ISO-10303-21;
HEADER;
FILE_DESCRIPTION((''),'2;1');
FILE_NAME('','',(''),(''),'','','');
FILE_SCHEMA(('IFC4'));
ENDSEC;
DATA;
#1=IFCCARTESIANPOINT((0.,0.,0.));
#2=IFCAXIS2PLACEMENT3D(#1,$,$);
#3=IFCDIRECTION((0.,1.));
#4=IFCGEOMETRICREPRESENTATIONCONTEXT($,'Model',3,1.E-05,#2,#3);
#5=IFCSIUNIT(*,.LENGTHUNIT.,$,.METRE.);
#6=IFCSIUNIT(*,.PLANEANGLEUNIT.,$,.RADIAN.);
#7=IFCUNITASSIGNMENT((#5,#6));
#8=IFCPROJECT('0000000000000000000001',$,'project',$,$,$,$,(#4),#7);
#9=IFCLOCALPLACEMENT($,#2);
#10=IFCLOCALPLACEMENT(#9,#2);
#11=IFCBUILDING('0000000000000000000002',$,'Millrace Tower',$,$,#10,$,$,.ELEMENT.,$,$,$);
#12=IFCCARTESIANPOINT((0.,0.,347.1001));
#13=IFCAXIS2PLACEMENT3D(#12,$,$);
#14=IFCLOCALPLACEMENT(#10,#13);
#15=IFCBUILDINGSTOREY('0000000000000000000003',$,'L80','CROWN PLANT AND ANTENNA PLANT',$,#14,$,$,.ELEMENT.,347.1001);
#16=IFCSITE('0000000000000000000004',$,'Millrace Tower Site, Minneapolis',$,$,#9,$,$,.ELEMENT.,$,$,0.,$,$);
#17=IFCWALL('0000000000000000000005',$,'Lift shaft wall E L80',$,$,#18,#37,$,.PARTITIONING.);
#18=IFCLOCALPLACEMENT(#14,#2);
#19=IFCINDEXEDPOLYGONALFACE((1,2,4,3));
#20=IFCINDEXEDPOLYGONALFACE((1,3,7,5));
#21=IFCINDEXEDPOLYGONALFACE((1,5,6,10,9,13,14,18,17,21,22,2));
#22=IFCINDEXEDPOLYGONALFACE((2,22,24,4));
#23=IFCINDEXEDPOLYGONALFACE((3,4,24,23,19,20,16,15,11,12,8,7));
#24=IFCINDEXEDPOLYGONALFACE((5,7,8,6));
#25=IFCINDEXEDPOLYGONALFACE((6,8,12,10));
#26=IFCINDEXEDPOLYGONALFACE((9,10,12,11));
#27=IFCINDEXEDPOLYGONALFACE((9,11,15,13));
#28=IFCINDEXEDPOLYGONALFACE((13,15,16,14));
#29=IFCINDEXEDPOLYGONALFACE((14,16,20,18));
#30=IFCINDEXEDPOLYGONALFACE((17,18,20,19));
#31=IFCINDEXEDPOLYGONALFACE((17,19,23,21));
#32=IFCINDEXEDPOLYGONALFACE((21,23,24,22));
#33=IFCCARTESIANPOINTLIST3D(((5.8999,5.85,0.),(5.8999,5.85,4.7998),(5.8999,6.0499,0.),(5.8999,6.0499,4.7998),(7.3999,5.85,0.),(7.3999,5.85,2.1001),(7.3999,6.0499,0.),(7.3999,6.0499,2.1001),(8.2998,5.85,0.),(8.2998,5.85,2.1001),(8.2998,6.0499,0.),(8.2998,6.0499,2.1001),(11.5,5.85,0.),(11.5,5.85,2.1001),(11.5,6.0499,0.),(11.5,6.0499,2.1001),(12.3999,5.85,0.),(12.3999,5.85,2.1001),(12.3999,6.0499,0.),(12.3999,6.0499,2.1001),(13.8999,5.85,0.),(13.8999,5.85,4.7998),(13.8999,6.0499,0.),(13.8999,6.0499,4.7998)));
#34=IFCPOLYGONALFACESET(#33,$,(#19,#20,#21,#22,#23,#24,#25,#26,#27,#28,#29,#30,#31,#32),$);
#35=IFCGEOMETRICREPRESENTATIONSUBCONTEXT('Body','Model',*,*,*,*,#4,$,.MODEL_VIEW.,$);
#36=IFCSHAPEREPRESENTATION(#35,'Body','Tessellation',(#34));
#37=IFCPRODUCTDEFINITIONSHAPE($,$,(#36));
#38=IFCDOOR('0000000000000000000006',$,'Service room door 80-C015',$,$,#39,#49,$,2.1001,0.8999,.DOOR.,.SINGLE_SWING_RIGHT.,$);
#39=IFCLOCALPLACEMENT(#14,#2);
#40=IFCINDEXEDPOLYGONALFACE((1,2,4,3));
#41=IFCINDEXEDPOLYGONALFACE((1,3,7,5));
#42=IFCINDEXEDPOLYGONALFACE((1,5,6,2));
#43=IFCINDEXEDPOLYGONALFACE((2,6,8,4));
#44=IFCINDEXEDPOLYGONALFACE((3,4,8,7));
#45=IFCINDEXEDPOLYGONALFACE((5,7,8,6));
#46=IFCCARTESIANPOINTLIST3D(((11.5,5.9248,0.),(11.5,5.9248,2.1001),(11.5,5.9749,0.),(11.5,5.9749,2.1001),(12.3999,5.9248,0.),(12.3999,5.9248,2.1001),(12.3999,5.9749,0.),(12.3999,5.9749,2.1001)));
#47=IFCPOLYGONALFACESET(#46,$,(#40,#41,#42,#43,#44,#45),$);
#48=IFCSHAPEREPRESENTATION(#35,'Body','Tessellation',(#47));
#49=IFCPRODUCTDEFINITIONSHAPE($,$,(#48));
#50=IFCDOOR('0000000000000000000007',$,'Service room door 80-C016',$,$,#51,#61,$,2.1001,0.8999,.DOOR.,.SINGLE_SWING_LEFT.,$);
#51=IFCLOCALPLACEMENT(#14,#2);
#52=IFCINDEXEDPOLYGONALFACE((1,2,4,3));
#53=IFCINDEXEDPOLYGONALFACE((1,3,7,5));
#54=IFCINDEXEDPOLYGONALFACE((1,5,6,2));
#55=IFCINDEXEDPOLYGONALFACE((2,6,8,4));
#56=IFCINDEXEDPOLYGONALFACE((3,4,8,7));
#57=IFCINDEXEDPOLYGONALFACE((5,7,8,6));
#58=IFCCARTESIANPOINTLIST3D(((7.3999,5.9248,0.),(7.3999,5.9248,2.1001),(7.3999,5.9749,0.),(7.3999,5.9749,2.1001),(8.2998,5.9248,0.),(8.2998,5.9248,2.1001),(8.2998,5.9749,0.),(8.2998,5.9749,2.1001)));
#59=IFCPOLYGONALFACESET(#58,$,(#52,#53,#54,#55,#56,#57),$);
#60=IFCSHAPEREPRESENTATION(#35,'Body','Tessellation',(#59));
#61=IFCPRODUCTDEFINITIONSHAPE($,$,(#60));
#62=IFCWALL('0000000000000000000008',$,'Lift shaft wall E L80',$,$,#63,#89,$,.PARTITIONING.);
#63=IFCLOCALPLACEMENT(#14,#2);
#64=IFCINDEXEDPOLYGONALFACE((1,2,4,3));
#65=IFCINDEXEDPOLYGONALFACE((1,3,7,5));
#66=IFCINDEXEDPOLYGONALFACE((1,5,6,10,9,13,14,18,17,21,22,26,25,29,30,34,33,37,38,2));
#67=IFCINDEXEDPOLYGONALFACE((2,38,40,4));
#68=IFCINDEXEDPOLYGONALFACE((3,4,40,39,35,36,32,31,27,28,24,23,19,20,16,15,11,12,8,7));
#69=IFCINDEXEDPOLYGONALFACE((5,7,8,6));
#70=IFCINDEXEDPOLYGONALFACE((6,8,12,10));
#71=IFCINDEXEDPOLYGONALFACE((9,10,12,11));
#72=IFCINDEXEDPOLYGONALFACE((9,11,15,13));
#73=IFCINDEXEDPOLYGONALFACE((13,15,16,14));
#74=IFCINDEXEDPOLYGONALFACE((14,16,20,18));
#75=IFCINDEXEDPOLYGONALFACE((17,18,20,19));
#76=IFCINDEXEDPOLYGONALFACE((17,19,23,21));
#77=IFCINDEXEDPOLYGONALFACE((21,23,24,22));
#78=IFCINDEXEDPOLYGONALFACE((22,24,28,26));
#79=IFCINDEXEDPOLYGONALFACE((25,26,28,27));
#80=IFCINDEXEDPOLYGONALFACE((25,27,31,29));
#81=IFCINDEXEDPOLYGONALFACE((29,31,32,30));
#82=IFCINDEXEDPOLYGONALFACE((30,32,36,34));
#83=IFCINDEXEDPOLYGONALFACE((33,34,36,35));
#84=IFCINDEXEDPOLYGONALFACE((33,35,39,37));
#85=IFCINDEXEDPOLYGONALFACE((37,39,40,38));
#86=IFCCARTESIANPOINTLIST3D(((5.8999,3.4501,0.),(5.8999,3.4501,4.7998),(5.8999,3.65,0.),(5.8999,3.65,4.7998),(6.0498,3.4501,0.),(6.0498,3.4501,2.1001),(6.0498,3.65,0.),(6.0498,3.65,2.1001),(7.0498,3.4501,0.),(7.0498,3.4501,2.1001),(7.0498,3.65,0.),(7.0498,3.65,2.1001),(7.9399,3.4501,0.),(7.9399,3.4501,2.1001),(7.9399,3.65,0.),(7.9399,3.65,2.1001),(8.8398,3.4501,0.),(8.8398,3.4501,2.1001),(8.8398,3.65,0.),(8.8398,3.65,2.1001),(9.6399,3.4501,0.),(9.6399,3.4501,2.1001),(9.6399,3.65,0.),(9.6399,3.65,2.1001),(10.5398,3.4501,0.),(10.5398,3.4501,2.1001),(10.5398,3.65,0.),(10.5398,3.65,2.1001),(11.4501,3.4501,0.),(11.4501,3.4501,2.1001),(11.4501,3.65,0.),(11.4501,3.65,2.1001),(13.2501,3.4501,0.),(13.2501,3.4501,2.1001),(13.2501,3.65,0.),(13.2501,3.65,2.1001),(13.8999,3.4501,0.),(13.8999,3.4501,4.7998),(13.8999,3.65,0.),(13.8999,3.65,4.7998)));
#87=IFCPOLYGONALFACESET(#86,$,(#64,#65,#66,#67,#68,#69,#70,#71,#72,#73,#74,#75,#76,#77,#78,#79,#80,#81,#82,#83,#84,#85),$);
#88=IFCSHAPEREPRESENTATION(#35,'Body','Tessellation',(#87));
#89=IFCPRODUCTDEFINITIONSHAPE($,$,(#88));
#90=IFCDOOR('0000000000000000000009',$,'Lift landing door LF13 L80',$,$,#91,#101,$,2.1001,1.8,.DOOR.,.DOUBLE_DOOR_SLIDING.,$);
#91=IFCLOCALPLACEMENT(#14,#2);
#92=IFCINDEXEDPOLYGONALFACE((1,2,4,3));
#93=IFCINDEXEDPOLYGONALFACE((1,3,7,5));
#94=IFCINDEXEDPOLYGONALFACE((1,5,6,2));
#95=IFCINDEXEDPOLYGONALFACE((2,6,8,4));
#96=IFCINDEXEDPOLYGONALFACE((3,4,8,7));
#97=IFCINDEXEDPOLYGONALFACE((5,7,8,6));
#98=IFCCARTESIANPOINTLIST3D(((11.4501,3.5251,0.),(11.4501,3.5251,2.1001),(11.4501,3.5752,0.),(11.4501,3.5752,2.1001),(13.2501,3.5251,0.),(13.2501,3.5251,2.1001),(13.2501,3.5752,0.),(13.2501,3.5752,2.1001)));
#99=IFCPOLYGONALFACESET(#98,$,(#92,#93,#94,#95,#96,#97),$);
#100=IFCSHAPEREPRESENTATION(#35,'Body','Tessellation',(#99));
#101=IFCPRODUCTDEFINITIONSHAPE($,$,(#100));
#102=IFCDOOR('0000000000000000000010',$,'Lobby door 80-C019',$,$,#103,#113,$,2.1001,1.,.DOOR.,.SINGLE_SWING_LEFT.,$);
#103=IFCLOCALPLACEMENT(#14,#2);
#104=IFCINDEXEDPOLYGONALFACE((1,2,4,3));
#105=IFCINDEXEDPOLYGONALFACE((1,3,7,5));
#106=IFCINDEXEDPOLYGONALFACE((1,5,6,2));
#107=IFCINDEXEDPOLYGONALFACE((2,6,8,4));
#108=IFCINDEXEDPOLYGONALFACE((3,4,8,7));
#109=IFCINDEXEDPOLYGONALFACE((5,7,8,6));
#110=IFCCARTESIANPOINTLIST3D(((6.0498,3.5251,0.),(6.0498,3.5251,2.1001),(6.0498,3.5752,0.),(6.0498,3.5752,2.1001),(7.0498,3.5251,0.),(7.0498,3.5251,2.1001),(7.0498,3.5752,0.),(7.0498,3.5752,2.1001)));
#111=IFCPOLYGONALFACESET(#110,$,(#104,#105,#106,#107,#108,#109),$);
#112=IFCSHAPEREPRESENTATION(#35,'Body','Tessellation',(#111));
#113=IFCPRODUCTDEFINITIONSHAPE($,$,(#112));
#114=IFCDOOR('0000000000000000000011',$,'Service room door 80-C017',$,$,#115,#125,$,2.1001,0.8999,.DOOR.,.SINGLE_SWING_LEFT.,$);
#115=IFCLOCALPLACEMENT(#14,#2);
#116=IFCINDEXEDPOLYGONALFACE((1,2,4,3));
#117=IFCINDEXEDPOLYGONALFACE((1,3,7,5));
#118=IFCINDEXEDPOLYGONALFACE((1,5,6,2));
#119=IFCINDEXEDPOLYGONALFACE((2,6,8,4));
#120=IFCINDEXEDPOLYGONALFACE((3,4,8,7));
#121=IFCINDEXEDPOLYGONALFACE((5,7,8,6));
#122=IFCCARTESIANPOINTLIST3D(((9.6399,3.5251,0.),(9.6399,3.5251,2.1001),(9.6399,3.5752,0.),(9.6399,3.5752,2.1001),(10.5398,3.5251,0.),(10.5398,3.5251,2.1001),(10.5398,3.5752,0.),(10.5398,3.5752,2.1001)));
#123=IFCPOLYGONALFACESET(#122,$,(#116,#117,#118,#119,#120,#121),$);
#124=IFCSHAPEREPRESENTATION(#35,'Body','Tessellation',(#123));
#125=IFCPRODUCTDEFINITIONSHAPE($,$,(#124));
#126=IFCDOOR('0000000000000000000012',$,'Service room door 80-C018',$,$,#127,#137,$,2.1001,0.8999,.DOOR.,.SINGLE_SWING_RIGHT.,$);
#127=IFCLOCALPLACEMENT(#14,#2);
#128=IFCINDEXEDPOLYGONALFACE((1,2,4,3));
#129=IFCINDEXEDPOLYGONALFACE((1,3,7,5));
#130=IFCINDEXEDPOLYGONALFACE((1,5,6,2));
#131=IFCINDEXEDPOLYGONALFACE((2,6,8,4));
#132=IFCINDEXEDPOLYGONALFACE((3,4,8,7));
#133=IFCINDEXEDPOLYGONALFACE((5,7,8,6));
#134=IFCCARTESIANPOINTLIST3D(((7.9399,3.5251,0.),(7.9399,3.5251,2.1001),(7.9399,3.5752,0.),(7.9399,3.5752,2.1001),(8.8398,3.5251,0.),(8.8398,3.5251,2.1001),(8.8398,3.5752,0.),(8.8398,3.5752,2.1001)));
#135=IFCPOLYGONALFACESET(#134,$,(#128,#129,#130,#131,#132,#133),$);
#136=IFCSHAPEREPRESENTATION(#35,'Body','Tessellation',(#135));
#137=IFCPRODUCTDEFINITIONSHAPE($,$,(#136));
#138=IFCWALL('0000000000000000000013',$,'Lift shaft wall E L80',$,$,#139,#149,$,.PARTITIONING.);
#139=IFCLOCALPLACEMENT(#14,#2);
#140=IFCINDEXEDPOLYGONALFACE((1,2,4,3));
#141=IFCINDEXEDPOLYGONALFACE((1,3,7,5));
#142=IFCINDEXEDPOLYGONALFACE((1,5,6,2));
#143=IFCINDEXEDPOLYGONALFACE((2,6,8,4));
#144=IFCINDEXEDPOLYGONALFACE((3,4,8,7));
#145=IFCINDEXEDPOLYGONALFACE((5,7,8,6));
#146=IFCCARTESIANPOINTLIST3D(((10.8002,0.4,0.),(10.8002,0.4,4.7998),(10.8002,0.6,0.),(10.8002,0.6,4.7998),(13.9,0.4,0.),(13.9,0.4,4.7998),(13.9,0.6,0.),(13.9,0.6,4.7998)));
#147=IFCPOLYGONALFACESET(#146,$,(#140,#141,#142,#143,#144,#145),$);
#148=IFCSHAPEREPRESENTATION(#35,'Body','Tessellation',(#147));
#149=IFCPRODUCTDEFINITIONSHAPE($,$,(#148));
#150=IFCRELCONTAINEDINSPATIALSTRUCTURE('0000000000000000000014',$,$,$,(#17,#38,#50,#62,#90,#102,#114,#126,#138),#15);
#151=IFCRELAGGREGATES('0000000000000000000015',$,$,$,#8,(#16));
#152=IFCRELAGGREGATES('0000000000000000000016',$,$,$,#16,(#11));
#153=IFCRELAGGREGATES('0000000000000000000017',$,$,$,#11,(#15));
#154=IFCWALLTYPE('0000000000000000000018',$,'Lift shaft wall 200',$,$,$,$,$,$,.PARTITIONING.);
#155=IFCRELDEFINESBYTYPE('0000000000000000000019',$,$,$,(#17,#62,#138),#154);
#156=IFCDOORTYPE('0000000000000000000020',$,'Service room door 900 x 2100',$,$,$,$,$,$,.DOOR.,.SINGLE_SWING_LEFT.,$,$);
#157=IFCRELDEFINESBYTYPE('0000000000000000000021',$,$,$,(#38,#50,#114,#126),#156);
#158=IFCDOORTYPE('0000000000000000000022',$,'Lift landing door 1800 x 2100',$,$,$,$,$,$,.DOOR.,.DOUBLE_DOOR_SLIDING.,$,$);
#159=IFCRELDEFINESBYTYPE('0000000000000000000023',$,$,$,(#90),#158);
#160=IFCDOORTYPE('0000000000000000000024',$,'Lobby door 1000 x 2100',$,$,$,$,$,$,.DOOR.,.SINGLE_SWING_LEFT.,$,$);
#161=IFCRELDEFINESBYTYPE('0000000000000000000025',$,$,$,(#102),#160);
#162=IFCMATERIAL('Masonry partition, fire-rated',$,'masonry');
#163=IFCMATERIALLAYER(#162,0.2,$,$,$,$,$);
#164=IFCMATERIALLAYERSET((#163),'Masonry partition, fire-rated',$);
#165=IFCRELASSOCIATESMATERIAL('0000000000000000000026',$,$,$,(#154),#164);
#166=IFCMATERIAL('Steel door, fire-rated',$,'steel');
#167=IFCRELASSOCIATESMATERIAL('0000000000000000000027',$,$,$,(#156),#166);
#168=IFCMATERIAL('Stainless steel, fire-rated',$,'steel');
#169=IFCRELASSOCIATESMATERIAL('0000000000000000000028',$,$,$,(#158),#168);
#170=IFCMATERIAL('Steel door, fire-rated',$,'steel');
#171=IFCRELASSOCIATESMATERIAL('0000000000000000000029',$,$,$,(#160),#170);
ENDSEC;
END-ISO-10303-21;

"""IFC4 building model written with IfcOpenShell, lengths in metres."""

from ifc_helpers import new_model, si_unit, direction, frame, frame_2d, origin, place, context, subcontext, project, spatial, rectangle, extrude, material, layer, layer_set, type_object, element, fill, save


model = new_model("IFC4")

# Units and contexts
model_context = context("Model", 3, precision=1e-05, world=origin(), true_north=direction((0.0, 1.0)))
body_context = subcontext(model_context, "Body", "Model", "MODEL_VIEW")
ifc_project = project(units=[si_unit("LENGTHUNIT", "METRE"), si_unit("PLANEANGLEUNIT", "RADIAN")], contexts=[model_context])

# Site, building, storey
site_placement = place(None, origin())
site = spatial("IfcSite", under=ifc_project, at=site_placement, Name="Millrace Tower Site, Minneapolis", CompositionType="ELEMENT", RefElevation=0.0)
building_placement = place(site_placement, origin())
building = spatial("IfcBuilding", under=site, at=building_placement, Name="Millrace Tower", CompositionType="ELEMENT")
storey_placement = place(building_placement, frame((0.0, 0.0, 347.1001)))
storey = spatial("IfcBuildingStorey", under=building, at=storey_placement, Name="L80", Description="CROWN PLANT AND ANTENNA PLANT", CompositionType="ELEMENT", Elevation=347.1001)

# Walls, openings, doors
ifc_material_1 = material(Name="Masonry partition, fire-rated", Category="masonry")
ifc_layer_1 = layer(ifc_material_1, 0.2)
ifc_layer_set_1 = layer_set([ifc_layer_1], Name="Masonry partition, fire-rated")
wall_type_1 = type_object("IfcWallType", Name="Lift shaft wall 200", PredefinedType="PARTITIONING", material=ifc_layer_set_1)
wall_1_placement = place(storey_placement, frame((13.8999, 5.95, 0.0), z_axis=(0.0, 0.0, 1.0), x_axis=(-1.0, 0.0, 0.0)))
wall_1 = element("IfcWall", 1, at=wall_1_placement, inside=storey, type_object=wall_type_1, Name="Lift shaft wall E L80", PredefinedType="PARTITIONING", context=body_context, shape_type="SweptSolid", body=[
    extrude(rectangle(XDim=8.0, YDim=0.2, at=frame_2d((4.0, 0.0))), origin(), (0.0, 0.0, 1.0), 4.7998),
])
opening_1_placement = place(wall_1_placement, frame((1.5, 0.0, 0.0)))
opening_1 = element("IfcOpeningElement", 2, at=opening_1_placement, cuts=wall_1, PredefinedType="OPENING", context=body_context, shape_type="SweptSolid", body=[
    extrude(rectangle(XDim=0.8999, YDim=2.1001, at=frame_2d((0.45, 1.05))), frame((0.0, 0.1099, 0.0), z_axis=(0.0, -1.0, 0.0), x_axis=(1.0, 0.0, 0.0)), (0.0, 0.0, 1.0), 0.22),
])
opening_2_placement = place(wall_1_placement, frame((5.6001, 0.0, 0.0)))
opening_2 = element("IfcOpeningElement", 3, at=opening_2_placement, cuts=wall_1, PredefinedType="OPENING", context=body_context, shape_type="SweptSolid", body=[
    extrude(rectangle(XDim=0.8999, YDim=2.1001, at=frame_2d((0.45, 1.05))), frame((0.0, 0.1099, 0.0), z_axis=(0.0, -1.0, 0.0), x_axis=(1.0, 0.0, 0.0)), (0.0, 0.0, 1.0), 0.22),
])
ifc_material_2 = material(Name="Steel door, fire-rated", Category="steel")
door_type_1 = type_object("IfcDoorType", Name="Service room door 900 x 2100", OperationType="SINGLE_SWING_LEFT", PredefinedType="DOOR", material=ifc_material_2)
door_1_placement = place(opening_1_placement, frame((0.8999, 0.0, 0.0), z_axis=(0.0, 0.0, 1.0), x_axis=(-1.0, 0.0, 0.0)))
door_1 = element("IfcDoor", 4, at=door_1_placement, inside=storey, type_object=door_type_1, Name="Service room door 80-C015", OperationType="SINGLE_SWING_RIGHT", OverallHeight=2.1001, OverallWidth=0.8999, PredefinedType="DOOR", context=body_context, shape_type="SweptSolid", body=[
    extrude(rectangle(XDim=0.8999, YDim=2.1001, at=frame_2d((0.45, 1.05))), frame((0.0, 0.0249, 0.0), z_axis=(0.0, -1.0, 0.0), x_axis=(1.0, 0.0, 0.0)), (0.0, 0.0, 1.0), 0.05),
])
fill(opening_1, door_1)
door_2_placement = place(opening_2_placement, frame((0.8999, 0.0, 0.0), z_axis=(0.0, 0.0, 1.0), x_axis=(-1.0, 0.0, 0.0)))
door_2 = element("IfcDoor", 5, at=door_2_placement, inside=storey, type_object=door_type_1, Name="Service room door 80-C016", OperationType="SINGLE_SWING_LEFT", OverallHeight=2.1001, OverallWidth=0.8999, PredefinedType="DOOR", context=body_context, shape_type="SweptSolid", body=[
    extrude(rectangle(XDim=0.8999, YDim=2.1001, at=frame_2d((0.45, 1.05))), frame((0.0, 0.0249, 0.0), z_axis=(0.0, -1.0, 0.0), x_axis=(1.0, 0.0, 0.0)), (0.0, 0.0, 1.0), 0.05),
])
fill(opening_2, door_2)
wall_2_placement = place(storey_placement, frame((13.8999, 3.55, 0.0), z_axis=(0.0, 0.0, 1.0), x_axis=(-1.0, 0.0, 0.0)))
wall_2 = element("IfcWall", 6, at=wall_2_placement, inside=storey, type_object=wall_type_1, Name="Lift shaft wall E L80", PredefinedType="PARTITIONING", context=body_context, shape_type="SweptSolid", body=[
    extrude(rectangle(XDim=8.0, YDim=0.2, at=frame_2d((4.0, 0.0))), origin(), (0.0, 0.0, 1.0), 4.7998),
])
opening_3_placement = place(wall_2_placement, frame((0.6499, 0.0, 0.0)))
opening_3 = element("IfcOpeningElement", 7, at=opening_3_placement, cuts=wall_2, PredefinedType="OPENING", context=body_context, shape_type="SweptSolid", body=[
    extrude(rectangle(XDim=1.8, YDim=2.1001, at=frame_2d((0.8999, 1.05))), frame((0.0, 0.1099, 0.0), z_axis=(0.0, -1.0, 0.0), x_axis=(1.0, 0.0, 0.0)), (0.0, 0.0, 1.0), 0.22),
])
opening_4_placement = place(wall_2_placement, frame((3.3601, 0.0, 0.0)))
opening_4 = element("IfcOpeningElement", 8, at=opening_4_placement, cuts=wall_2, PredefinedType="OPENING", context=body_context, shape_type="SweptSolid", body=[
    extrude(rectangle(XDim=0.8999, YDim=2.1001, at=frame_2d((0.45, 1.05))), frame((0.0, 0.1099, 0.0), z_axis=(0.0, -1.0, 0.0), x_axis=(1.0, 0.0, 0.0)), (0.0, 0.0, 1.0), 0.22),
])
opening_5_placement = place(wall_2_placement, frame((5.0601, 0.0, 0.0)))
opening_5 = element("IfcOpeningElement", 9, at=opening_5_placement, cuts=wall_2, PredefinedType="OPENING", context=body_context, shape_type="SweptSolid", body=[
    extrude(rectangle(XDim=0.8999, YDim=2.1001, at=frame_2d((0.45, 1.05))), frame((0.0, 0.1099, 0.0), z_axis=(0.0, -1.0, 0.0), x_axis=(1.0, 0.0, 0.0)), (0.0, 0.0, 1.0), 0.22),
])
opening_6_placement = place(wall_2_placement, frame((6.8501, 0.0, 0.0)))
opening_6 = element("IfcOpeningElement", 10, at=opening_6_placement, cuts=wall_2, PredefinedType="OPENING", context=body_context, shape_type="SweptSolid", body=[
    extrude(rectangle(XDim=1.0, YDim=2.1001, at=frame_2d((0.5, 1.05))), frame((0.0, 0.1099, 0.0), z_axis=(0.0, -1.0, 0.0), x_axis=(1.0, 0.0, 0.0)), (0.0, 0.0, 1.0), 0.22),
])
ifc_material_3 = material(Name="Stainless steel, fire-rated", Category="steel")
door_type_2 = type_object("IfcDoorType", Name="Lift landing door 1800 x 2100", OperationType="DOUBLE_DOOR_SLIDING", PredefinedType="DOOR", material=ifc_material_3)
door_3_placement = place(opening_3_placement, origin())
door_3 = element("IfcDoor", 11, at=door_3_placement, inside=storey, type_object=door_type_2, Name="Lift landing door LF13 L80", OperationType="DOUBLE_DOOR_SLIDING", OverallHeight=2.1001, OverallWidth=1.8, PredefinedType="DOOR", context=body_context, shape_type="SweptSolid", body=[
    extrude(rectangle(XDim=1.8, YDim=2.1001, at=frame_2d((0.8999, 1.05))), frame((0.0, 0.0249, 0.0), z_axis=(0.0, -1.0, 0.0), x_axis=(1.0, 0.0, 0.0)), (0.0, 0.0, 1.0), 0.05),
])
fill(opening_3, door_3)
ifc_material_4 = material(Name="Steel door, fire-rated", Category="steel")
door_type_3 = type_object("IfcDoorType", Name="Lobby door 1000 x 2100", OperationType="SINGLE_SWING_LEFT", PredefinedType="DOOR", material=ifc_material_4)
door_4_placement = place(opening_6_placement, origin())
door_4 = element("IfcDoor", 12, at=door_4_placement, inside=storey, type_object=door_type_3, Name="Lobby door 80-C019", OperationType="SINGLE_SWING_LEFT", OverallHeight=2.1001, OverallWidth=1.0, PredefinedType="DOOR", context=body_context, shape_type="SweptSolid", body=[
    extrude(rectangle(XDim=1.0, YDim=2.1001, at=frame_2d((0.5, 1.05))), frame((0.0, 0.0249, 0.0), z_axis=(0.0, -1.0, 0.0), x_axis=(1.0, 0.0, 0.0)), (0.0, 0.0, 1.0), 0.05),
])
fill(opening_6, door_4)
door_5_placement = place(opening_4_placement, origin())
door_5 = element("IfcDoor", 13, at=door_5_placement, inside=storey, type_object=door_type_1, Name="Service room door 80-C017", OperationType="SINGLE_SWING_LEFT", OverallHeight=2.1001, OverallWidth=0.8999, PredefinedType="DOOR", context=body_context, shape_type="SweptSolid", body=[
    extrude(rectangle(XDim=0.8999, YDim=2.1001, at=frame_2d((0.45, 1.05))), frame((0.0, 0.0249, 0.0), z_axis=(0.0, -1.0, 0.0), x_axis=(1.0, 0.0, 0.0)), (0.0, 0.0, 1.0), 0.05),
])
fill(opening_4, door_5)
door_6_placement = place(opening_5_placement, origin())
door_6 = element("IfcDoor", 14, at=door_6_placement, inside=storey, type_object=door_type_1, Name="Service room door 80-C018", OperationType="SINGLE_SWING_RIGHT", OverallHeight=2.1001, OverallWidth=0.8999, PredefinedType="DOOR", context=body_context, shape_type="SweptSolid", body=[
    extrude(rectangle(XDim=0.8999, YDim=2.1001, at=frame_2d((0.45, 1.05))), frame((0.0, 0.0249, 0.0), z_axis=(0.0, -1.0, 0.0), x_axis=(1.0, 0.0, 0.0)), (0.0, 0.0, 1.0), 0.05),
])
fill(opening_5, door_6)

# Wall
wall_3_placement = place(storey_placement, frame((13.8999, 0.5, 0.0), z_axis=(0.0, 0.0, 1.0), x_axis=(-1.0, 0.0, 0.0)))
element("IfcWall", 15, at=wall_3_placement, inside=storey, type_object=wall_type_1, Name="Lift shaft wall E L80", PredefinedType="PARTITIONING", context=body_context, shape_type="SweptSolid", body=[
    extrude(rectangle(XDim=3.0999, YDim=0.2, at=frame_2d((1.5498, 0.0))), origin(), (0.0, 0.0, 1.0), 4.7998),
])

save(model, "model.ifc")
